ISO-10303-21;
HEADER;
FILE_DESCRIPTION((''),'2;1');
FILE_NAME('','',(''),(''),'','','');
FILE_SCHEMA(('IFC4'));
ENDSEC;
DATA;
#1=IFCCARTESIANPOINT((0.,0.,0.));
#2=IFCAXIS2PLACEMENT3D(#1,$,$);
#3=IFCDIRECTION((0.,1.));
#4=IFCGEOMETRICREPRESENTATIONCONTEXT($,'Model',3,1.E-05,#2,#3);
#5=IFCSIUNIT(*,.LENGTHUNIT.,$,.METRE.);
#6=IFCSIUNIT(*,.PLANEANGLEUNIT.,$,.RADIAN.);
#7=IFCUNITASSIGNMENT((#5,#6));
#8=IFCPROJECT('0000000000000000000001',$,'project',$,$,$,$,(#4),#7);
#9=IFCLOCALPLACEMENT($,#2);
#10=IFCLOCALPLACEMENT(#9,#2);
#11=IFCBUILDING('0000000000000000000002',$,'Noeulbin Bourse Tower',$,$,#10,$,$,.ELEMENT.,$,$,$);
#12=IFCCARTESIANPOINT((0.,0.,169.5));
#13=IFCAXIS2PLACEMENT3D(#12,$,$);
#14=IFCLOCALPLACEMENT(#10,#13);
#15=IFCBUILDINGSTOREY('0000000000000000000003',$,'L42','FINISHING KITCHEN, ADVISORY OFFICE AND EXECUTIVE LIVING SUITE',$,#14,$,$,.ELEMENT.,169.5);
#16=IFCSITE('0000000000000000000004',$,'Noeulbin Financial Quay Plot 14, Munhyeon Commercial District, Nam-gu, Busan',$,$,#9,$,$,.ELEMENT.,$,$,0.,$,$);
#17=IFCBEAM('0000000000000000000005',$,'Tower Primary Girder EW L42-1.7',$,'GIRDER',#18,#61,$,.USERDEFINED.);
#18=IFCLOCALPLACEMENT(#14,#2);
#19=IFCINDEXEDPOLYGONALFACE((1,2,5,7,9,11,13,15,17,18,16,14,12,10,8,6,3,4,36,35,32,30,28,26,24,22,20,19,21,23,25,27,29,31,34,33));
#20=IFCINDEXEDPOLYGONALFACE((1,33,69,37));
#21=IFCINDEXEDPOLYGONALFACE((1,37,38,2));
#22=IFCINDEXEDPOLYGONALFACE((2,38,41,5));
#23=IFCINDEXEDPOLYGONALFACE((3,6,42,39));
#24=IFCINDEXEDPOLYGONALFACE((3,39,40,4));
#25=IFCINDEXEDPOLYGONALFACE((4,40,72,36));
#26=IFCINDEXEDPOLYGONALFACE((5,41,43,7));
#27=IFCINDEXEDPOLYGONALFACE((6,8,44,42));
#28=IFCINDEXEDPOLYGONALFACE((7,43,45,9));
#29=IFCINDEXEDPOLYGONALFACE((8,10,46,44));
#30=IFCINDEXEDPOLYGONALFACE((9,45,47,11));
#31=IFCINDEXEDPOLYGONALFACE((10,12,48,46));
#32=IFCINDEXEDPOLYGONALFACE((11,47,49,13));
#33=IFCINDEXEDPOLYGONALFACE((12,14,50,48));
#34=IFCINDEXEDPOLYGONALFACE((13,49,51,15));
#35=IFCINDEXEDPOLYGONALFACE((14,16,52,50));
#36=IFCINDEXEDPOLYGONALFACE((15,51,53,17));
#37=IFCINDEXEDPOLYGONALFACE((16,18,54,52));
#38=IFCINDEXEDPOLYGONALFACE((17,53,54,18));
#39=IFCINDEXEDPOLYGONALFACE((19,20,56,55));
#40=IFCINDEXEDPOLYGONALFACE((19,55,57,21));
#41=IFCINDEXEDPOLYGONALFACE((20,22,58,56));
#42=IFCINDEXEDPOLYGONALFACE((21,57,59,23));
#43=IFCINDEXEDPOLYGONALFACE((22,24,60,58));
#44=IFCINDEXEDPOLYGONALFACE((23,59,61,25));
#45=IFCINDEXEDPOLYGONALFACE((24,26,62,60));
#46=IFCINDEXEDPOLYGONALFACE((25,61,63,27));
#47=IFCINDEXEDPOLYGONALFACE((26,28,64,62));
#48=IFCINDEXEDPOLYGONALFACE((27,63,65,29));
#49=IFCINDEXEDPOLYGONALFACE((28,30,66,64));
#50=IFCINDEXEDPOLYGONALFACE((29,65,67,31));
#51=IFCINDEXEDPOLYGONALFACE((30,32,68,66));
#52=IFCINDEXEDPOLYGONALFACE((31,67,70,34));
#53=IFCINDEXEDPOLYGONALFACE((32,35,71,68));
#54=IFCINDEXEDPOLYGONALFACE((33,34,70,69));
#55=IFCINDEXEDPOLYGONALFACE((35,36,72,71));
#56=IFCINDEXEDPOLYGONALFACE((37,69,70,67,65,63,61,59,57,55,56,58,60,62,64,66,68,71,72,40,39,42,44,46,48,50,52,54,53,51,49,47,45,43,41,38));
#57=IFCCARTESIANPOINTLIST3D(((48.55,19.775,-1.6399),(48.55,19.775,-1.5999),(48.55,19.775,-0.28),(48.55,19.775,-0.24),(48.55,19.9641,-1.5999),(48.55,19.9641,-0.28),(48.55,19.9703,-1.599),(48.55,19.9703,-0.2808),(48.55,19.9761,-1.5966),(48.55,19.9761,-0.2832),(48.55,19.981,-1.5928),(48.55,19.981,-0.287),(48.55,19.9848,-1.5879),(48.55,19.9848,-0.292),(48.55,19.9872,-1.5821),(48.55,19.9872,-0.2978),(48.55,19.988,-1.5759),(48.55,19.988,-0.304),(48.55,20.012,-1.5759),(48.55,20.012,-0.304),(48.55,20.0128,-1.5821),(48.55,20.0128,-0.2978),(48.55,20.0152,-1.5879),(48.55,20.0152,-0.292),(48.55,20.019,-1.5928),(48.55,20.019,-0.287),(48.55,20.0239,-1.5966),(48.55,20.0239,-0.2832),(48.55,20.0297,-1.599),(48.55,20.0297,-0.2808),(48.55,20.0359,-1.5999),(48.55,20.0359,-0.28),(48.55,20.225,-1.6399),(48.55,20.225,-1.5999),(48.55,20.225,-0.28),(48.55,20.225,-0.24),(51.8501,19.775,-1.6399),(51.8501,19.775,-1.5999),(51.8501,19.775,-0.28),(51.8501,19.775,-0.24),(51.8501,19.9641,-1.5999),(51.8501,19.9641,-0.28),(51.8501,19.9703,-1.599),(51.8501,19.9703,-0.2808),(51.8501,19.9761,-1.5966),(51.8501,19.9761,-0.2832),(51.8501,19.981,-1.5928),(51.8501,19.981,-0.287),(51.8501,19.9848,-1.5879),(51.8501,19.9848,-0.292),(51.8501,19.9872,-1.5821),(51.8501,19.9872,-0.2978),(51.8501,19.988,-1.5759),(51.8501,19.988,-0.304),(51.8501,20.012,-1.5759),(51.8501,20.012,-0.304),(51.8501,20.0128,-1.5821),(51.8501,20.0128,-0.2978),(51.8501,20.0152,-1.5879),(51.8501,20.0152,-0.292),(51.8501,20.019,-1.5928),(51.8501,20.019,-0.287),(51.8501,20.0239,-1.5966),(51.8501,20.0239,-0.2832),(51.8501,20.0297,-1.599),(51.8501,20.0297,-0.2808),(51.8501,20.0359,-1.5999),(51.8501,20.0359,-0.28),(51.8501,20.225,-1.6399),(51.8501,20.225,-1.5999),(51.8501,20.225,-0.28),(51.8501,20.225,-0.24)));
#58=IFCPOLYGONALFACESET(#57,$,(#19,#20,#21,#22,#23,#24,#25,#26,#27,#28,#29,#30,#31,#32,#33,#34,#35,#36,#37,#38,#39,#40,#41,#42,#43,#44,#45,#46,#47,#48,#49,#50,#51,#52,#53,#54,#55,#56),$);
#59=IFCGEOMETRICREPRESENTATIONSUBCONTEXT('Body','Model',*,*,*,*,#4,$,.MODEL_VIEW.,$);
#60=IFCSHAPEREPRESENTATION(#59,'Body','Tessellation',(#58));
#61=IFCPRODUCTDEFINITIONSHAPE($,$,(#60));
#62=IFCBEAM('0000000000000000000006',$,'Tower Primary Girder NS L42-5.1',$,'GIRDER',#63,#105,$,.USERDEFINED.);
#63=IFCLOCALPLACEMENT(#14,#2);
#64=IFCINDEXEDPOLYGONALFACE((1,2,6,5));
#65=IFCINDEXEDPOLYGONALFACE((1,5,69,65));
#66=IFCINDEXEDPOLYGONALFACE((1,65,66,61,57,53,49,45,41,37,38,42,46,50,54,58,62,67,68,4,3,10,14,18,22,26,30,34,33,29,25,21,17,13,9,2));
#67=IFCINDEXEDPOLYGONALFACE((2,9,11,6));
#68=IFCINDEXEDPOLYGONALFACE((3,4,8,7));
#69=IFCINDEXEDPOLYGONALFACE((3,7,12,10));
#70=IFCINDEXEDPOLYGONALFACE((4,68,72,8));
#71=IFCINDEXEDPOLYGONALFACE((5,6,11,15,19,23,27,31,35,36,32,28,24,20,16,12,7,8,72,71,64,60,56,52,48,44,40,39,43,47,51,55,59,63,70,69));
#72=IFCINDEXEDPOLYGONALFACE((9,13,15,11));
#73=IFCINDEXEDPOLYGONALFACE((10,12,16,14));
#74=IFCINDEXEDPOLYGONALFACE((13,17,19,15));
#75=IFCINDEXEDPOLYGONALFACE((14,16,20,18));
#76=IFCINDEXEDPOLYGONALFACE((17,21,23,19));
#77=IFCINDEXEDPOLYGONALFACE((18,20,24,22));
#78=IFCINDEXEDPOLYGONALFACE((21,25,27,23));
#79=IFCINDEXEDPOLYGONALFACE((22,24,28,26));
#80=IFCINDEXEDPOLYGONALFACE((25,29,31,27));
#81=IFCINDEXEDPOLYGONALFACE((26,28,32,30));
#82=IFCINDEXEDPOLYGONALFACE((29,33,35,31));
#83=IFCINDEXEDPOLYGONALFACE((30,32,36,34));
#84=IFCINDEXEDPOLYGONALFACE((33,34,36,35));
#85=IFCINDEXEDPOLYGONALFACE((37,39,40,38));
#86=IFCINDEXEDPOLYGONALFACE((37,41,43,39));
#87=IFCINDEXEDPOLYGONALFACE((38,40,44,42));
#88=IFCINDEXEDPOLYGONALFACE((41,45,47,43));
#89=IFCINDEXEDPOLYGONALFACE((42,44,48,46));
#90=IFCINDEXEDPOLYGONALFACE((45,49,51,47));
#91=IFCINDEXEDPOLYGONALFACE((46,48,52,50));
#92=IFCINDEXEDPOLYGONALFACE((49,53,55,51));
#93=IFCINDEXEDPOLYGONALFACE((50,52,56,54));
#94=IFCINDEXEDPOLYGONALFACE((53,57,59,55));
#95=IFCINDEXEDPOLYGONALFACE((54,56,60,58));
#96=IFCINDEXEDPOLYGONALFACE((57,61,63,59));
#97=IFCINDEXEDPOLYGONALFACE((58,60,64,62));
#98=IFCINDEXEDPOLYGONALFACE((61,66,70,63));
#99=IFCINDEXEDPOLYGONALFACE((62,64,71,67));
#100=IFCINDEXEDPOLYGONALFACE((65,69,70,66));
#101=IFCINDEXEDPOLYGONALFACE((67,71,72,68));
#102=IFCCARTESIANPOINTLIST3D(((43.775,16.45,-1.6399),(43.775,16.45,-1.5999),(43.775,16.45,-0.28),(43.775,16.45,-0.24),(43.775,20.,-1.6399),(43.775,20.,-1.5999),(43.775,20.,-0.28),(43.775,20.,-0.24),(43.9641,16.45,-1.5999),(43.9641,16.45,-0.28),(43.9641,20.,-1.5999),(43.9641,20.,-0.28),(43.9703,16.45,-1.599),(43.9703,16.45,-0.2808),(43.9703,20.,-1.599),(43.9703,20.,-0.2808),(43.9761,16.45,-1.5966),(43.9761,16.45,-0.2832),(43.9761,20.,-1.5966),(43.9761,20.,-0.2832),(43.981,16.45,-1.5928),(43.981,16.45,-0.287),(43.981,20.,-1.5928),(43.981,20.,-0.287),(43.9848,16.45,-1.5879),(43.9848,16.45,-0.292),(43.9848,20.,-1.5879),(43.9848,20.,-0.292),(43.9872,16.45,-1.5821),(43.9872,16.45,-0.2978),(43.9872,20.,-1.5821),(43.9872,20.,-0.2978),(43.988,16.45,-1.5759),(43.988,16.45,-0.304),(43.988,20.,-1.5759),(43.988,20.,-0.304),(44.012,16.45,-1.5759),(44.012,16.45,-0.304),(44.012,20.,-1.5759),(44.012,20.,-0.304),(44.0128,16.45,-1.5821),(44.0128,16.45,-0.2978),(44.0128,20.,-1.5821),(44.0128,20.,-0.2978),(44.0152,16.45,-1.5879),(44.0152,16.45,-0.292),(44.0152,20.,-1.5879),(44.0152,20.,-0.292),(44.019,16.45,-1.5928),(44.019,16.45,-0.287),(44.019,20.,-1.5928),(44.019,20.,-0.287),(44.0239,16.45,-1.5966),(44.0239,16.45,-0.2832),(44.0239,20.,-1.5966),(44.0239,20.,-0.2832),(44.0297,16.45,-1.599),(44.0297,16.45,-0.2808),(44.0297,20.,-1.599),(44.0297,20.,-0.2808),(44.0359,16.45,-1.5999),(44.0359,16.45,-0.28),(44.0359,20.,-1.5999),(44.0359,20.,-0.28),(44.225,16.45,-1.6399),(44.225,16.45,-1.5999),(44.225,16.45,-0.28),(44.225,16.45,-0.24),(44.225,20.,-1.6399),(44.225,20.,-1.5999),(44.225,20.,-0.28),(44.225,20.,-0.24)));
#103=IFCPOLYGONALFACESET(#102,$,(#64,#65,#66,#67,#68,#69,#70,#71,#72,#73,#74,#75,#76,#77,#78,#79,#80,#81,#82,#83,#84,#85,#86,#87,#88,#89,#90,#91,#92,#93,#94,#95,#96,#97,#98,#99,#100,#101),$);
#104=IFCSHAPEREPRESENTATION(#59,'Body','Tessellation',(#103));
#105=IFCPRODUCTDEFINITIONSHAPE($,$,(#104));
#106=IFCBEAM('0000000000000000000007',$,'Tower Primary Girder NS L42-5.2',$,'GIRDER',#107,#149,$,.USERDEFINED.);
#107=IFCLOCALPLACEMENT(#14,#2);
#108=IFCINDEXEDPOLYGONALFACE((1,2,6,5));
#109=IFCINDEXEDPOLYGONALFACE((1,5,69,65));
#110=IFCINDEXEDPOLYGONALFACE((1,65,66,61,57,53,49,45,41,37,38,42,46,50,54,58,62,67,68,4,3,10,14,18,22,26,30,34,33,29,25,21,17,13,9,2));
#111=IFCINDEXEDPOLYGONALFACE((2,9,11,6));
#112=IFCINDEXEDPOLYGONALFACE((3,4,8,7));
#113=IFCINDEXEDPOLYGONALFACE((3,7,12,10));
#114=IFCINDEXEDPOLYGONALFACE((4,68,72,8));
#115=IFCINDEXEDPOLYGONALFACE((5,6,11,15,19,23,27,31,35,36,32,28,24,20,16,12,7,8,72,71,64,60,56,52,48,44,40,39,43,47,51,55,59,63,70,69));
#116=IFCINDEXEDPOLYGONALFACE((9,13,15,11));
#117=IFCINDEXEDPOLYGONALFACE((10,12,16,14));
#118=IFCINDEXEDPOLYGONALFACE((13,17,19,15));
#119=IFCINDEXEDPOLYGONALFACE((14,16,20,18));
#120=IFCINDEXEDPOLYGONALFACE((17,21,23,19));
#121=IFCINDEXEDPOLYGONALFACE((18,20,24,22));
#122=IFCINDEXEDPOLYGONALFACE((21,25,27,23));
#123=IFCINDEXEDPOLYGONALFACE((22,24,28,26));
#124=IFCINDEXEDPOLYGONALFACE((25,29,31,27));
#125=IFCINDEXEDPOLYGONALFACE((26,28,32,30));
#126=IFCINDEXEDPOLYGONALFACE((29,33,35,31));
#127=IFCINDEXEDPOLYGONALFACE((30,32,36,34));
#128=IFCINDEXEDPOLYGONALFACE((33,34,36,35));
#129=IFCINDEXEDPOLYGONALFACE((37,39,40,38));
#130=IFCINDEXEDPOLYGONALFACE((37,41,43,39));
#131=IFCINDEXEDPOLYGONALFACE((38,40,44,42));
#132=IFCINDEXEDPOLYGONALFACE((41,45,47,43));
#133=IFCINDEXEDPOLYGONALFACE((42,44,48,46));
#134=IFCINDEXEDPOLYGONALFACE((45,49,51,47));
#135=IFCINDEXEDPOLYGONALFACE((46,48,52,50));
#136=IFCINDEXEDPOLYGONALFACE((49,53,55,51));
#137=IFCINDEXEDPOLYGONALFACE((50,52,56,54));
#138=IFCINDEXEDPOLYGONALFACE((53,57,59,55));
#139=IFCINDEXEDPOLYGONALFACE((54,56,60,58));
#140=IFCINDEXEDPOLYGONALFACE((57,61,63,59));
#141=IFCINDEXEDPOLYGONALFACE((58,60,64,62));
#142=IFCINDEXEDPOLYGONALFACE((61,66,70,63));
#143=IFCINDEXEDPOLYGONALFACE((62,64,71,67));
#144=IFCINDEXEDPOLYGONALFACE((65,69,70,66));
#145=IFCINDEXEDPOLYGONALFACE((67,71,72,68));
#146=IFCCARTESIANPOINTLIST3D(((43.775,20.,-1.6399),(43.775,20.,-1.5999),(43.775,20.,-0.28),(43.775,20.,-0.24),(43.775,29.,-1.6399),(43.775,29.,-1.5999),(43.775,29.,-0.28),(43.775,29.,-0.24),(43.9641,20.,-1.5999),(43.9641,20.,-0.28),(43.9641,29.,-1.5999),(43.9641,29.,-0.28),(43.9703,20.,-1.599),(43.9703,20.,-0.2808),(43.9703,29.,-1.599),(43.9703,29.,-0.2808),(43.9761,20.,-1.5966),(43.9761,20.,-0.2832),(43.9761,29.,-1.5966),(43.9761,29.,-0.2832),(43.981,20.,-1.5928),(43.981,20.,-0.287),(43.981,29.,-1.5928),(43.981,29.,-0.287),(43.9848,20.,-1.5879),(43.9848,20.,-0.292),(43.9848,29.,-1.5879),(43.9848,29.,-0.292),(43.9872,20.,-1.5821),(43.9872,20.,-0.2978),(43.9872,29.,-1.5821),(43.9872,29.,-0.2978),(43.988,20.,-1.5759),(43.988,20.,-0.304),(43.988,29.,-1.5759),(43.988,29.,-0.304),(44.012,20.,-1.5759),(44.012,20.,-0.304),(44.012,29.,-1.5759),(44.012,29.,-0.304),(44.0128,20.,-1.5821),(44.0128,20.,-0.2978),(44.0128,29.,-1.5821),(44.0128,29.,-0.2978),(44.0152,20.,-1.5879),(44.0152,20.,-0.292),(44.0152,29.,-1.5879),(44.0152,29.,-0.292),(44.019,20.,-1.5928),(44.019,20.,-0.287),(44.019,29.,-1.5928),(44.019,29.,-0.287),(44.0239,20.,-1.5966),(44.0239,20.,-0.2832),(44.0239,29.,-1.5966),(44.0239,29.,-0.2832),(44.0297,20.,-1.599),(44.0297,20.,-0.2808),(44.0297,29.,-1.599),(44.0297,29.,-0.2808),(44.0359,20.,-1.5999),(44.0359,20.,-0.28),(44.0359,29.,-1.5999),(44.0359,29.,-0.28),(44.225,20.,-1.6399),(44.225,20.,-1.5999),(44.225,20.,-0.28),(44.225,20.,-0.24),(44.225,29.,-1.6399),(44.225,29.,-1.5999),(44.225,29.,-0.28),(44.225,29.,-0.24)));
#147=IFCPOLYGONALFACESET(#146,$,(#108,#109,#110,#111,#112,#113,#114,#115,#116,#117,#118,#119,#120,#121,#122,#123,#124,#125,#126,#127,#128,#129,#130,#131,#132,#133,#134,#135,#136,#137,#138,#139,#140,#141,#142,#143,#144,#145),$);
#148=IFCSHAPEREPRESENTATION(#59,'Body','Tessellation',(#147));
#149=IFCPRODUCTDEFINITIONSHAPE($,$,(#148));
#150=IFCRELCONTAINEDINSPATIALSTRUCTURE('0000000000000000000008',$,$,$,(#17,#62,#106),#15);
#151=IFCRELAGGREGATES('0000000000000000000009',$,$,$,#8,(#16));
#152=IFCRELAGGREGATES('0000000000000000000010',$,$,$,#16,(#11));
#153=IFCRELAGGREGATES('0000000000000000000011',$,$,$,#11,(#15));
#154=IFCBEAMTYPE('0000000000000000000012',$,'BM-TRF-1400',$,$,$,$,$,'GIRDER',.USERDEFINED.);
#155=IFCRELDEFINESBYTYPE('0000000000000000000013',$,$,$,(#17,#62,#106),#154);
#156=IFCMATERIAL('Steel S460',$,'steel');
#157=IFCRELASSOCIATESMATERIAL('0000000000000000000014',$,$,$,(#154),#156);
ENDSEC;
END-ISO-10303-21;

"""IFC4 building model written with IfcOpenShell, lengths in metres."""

from ifc_helpers import new_model, si_unit, direction, frame, origin, origin_2d, place, context, subcontext, project, spatial, i_section, extrude, material, material_profile, profile_set, type_object, element, save


model = new_model("IFC4")

# Units and contexts
model_context = context("Model", 3, precision=1e-05, world=origin(), true_north=direction((0.0, 1.0)))
body_context = subcontext(model_context, "Body", "Model", "MODEL_VIEW")
ifc_project = project(units=[si_unit("LENGTHUNIT", "METRE"), si_unit("PLANEANGLEUNIT", "RADIAN")], contexts=[model_context])

# Site, building, storey
site_placement = place(None, origin())
site = spatial("IfcSite", under=ifc_project, at=site_placement, Name="Noeulbin Financial Quay Plot 14, Munhyeon Commercial District, Nam-gu, Busan", CompositionType="ELEMENT", RefElevation=0.0)
building_placement = place(site_placement, origin())
building = spatial("IfcBuilding", under=site, at=building_placement, Name="Noeulbin Bourse Tower", CompositionType="ELEMENT")
storey_placement = place(building_placement, frame((0.0, 0.0, 169.5)))
storey = spatial("IfcBuildingStorey", under=building, at=storey_placement, Name="L42", Description="FINISHING KITCHEN, ADVISORY OFFICE AND EXECUTIVE LIVING SUITE", CompositionType="ELEMENT", Elevation=169.5)

# Shared definitions
ifc_material_1 = material(Name="Steel S460", Category="steel")

# Beams
ifc_material_profile_1 = material_profile(ifc_material_1, i_section(OverallWidth=0.45, OverallDepth=1.3999, WebThickness=0.0239, FlangeThickness=0.04, FilletRadius=0.0239, at=origin_2d()), Name="PG-1400x450x24x40", Category="LoadBearing")
ifc_profile_set_1 = profile_set([ifc_material_profile_1], Name="Steel S460")
beam_type = type_object("IfcBeamType", Name="BM-TRF-1400", ElementType="GIRDER", PredefinedType="USERDEFINED", material=ifc_profile_set_1)
beam_1_placement = place(storey_placement, frame((48.55, 20.0, -0.9399), z_axis=(1.0, 0.0, 0.0), x_axis=(0.0, 1.0, 0.0)))
element("IfcBeam", 1, at=beam_1_placement, inside=storey, type_object=beam_type, Name="Tower Primary Girder EW L42-1.7", ObjectType="GIRDER", PredefinedType="USERDEFINED", context=body_context, shape_type="SweptSolid", body=[
    extrude(i_section(OverallWidth=0.45, OverallDepth=1.3999, WebThickness=0.0239, FlangeThickness=0.04, FilletRadius=0.0239, at=origin_2d()), origin(), (0.0, 0.0, 1.0), 3.3),
])
beam_2_placement = place(storey_placement, frame((44.0, 16.45, -0.9399), z_axis=(0.0, 1.0, 0.0), x_axis=(-1.0, 0.0, 0.0)))
element("IfcBeam", 2, at=beam_2_placement, inside=storey, type_object=beam_type, Name="Tower Primary Girder NS L42-5.1", ObjectType="GIRDER", PredefinedType="USERDEFINED", context=body_context, shape_type="SweptSolid", body=[
    extrude(i_section(OverallWidth=0.45, OverallDepth=1.3999, WebThickness=0.0239, FlangeThickness=0.04, FilletRadius=0.0239, at=origin_2d()), origin(), (0.0, 0.0, 1.0), 3.55),
])
beam_3_placement = place(storey_placement, frame((44.0, 20.0, -0.9399), z_axis=(0.0, 1.0, 0.0), x_axis=(-1.0, 0.0, 0.0)))
element("IfcBeam", 3, at=beam_3_placement, inside=storey, type_object=beam_type, Name="Tower Primary Girder NS L42-5.2", ObjectType="GIRDER", PredefinedType="USERDEFINED", context=body_context, shape_type="SweptSolid", body=[
    extrude(i_section(OverallWidth=0.45, OverallDepth=1.3999, WebThickness=0.0239, FlangeThickness=0.04, FilletRadius=0.0239, at=origin_2d()), origin(), (0.0, 0.0, 1.0), 9.0),
])

save(model, "model.ifc")
